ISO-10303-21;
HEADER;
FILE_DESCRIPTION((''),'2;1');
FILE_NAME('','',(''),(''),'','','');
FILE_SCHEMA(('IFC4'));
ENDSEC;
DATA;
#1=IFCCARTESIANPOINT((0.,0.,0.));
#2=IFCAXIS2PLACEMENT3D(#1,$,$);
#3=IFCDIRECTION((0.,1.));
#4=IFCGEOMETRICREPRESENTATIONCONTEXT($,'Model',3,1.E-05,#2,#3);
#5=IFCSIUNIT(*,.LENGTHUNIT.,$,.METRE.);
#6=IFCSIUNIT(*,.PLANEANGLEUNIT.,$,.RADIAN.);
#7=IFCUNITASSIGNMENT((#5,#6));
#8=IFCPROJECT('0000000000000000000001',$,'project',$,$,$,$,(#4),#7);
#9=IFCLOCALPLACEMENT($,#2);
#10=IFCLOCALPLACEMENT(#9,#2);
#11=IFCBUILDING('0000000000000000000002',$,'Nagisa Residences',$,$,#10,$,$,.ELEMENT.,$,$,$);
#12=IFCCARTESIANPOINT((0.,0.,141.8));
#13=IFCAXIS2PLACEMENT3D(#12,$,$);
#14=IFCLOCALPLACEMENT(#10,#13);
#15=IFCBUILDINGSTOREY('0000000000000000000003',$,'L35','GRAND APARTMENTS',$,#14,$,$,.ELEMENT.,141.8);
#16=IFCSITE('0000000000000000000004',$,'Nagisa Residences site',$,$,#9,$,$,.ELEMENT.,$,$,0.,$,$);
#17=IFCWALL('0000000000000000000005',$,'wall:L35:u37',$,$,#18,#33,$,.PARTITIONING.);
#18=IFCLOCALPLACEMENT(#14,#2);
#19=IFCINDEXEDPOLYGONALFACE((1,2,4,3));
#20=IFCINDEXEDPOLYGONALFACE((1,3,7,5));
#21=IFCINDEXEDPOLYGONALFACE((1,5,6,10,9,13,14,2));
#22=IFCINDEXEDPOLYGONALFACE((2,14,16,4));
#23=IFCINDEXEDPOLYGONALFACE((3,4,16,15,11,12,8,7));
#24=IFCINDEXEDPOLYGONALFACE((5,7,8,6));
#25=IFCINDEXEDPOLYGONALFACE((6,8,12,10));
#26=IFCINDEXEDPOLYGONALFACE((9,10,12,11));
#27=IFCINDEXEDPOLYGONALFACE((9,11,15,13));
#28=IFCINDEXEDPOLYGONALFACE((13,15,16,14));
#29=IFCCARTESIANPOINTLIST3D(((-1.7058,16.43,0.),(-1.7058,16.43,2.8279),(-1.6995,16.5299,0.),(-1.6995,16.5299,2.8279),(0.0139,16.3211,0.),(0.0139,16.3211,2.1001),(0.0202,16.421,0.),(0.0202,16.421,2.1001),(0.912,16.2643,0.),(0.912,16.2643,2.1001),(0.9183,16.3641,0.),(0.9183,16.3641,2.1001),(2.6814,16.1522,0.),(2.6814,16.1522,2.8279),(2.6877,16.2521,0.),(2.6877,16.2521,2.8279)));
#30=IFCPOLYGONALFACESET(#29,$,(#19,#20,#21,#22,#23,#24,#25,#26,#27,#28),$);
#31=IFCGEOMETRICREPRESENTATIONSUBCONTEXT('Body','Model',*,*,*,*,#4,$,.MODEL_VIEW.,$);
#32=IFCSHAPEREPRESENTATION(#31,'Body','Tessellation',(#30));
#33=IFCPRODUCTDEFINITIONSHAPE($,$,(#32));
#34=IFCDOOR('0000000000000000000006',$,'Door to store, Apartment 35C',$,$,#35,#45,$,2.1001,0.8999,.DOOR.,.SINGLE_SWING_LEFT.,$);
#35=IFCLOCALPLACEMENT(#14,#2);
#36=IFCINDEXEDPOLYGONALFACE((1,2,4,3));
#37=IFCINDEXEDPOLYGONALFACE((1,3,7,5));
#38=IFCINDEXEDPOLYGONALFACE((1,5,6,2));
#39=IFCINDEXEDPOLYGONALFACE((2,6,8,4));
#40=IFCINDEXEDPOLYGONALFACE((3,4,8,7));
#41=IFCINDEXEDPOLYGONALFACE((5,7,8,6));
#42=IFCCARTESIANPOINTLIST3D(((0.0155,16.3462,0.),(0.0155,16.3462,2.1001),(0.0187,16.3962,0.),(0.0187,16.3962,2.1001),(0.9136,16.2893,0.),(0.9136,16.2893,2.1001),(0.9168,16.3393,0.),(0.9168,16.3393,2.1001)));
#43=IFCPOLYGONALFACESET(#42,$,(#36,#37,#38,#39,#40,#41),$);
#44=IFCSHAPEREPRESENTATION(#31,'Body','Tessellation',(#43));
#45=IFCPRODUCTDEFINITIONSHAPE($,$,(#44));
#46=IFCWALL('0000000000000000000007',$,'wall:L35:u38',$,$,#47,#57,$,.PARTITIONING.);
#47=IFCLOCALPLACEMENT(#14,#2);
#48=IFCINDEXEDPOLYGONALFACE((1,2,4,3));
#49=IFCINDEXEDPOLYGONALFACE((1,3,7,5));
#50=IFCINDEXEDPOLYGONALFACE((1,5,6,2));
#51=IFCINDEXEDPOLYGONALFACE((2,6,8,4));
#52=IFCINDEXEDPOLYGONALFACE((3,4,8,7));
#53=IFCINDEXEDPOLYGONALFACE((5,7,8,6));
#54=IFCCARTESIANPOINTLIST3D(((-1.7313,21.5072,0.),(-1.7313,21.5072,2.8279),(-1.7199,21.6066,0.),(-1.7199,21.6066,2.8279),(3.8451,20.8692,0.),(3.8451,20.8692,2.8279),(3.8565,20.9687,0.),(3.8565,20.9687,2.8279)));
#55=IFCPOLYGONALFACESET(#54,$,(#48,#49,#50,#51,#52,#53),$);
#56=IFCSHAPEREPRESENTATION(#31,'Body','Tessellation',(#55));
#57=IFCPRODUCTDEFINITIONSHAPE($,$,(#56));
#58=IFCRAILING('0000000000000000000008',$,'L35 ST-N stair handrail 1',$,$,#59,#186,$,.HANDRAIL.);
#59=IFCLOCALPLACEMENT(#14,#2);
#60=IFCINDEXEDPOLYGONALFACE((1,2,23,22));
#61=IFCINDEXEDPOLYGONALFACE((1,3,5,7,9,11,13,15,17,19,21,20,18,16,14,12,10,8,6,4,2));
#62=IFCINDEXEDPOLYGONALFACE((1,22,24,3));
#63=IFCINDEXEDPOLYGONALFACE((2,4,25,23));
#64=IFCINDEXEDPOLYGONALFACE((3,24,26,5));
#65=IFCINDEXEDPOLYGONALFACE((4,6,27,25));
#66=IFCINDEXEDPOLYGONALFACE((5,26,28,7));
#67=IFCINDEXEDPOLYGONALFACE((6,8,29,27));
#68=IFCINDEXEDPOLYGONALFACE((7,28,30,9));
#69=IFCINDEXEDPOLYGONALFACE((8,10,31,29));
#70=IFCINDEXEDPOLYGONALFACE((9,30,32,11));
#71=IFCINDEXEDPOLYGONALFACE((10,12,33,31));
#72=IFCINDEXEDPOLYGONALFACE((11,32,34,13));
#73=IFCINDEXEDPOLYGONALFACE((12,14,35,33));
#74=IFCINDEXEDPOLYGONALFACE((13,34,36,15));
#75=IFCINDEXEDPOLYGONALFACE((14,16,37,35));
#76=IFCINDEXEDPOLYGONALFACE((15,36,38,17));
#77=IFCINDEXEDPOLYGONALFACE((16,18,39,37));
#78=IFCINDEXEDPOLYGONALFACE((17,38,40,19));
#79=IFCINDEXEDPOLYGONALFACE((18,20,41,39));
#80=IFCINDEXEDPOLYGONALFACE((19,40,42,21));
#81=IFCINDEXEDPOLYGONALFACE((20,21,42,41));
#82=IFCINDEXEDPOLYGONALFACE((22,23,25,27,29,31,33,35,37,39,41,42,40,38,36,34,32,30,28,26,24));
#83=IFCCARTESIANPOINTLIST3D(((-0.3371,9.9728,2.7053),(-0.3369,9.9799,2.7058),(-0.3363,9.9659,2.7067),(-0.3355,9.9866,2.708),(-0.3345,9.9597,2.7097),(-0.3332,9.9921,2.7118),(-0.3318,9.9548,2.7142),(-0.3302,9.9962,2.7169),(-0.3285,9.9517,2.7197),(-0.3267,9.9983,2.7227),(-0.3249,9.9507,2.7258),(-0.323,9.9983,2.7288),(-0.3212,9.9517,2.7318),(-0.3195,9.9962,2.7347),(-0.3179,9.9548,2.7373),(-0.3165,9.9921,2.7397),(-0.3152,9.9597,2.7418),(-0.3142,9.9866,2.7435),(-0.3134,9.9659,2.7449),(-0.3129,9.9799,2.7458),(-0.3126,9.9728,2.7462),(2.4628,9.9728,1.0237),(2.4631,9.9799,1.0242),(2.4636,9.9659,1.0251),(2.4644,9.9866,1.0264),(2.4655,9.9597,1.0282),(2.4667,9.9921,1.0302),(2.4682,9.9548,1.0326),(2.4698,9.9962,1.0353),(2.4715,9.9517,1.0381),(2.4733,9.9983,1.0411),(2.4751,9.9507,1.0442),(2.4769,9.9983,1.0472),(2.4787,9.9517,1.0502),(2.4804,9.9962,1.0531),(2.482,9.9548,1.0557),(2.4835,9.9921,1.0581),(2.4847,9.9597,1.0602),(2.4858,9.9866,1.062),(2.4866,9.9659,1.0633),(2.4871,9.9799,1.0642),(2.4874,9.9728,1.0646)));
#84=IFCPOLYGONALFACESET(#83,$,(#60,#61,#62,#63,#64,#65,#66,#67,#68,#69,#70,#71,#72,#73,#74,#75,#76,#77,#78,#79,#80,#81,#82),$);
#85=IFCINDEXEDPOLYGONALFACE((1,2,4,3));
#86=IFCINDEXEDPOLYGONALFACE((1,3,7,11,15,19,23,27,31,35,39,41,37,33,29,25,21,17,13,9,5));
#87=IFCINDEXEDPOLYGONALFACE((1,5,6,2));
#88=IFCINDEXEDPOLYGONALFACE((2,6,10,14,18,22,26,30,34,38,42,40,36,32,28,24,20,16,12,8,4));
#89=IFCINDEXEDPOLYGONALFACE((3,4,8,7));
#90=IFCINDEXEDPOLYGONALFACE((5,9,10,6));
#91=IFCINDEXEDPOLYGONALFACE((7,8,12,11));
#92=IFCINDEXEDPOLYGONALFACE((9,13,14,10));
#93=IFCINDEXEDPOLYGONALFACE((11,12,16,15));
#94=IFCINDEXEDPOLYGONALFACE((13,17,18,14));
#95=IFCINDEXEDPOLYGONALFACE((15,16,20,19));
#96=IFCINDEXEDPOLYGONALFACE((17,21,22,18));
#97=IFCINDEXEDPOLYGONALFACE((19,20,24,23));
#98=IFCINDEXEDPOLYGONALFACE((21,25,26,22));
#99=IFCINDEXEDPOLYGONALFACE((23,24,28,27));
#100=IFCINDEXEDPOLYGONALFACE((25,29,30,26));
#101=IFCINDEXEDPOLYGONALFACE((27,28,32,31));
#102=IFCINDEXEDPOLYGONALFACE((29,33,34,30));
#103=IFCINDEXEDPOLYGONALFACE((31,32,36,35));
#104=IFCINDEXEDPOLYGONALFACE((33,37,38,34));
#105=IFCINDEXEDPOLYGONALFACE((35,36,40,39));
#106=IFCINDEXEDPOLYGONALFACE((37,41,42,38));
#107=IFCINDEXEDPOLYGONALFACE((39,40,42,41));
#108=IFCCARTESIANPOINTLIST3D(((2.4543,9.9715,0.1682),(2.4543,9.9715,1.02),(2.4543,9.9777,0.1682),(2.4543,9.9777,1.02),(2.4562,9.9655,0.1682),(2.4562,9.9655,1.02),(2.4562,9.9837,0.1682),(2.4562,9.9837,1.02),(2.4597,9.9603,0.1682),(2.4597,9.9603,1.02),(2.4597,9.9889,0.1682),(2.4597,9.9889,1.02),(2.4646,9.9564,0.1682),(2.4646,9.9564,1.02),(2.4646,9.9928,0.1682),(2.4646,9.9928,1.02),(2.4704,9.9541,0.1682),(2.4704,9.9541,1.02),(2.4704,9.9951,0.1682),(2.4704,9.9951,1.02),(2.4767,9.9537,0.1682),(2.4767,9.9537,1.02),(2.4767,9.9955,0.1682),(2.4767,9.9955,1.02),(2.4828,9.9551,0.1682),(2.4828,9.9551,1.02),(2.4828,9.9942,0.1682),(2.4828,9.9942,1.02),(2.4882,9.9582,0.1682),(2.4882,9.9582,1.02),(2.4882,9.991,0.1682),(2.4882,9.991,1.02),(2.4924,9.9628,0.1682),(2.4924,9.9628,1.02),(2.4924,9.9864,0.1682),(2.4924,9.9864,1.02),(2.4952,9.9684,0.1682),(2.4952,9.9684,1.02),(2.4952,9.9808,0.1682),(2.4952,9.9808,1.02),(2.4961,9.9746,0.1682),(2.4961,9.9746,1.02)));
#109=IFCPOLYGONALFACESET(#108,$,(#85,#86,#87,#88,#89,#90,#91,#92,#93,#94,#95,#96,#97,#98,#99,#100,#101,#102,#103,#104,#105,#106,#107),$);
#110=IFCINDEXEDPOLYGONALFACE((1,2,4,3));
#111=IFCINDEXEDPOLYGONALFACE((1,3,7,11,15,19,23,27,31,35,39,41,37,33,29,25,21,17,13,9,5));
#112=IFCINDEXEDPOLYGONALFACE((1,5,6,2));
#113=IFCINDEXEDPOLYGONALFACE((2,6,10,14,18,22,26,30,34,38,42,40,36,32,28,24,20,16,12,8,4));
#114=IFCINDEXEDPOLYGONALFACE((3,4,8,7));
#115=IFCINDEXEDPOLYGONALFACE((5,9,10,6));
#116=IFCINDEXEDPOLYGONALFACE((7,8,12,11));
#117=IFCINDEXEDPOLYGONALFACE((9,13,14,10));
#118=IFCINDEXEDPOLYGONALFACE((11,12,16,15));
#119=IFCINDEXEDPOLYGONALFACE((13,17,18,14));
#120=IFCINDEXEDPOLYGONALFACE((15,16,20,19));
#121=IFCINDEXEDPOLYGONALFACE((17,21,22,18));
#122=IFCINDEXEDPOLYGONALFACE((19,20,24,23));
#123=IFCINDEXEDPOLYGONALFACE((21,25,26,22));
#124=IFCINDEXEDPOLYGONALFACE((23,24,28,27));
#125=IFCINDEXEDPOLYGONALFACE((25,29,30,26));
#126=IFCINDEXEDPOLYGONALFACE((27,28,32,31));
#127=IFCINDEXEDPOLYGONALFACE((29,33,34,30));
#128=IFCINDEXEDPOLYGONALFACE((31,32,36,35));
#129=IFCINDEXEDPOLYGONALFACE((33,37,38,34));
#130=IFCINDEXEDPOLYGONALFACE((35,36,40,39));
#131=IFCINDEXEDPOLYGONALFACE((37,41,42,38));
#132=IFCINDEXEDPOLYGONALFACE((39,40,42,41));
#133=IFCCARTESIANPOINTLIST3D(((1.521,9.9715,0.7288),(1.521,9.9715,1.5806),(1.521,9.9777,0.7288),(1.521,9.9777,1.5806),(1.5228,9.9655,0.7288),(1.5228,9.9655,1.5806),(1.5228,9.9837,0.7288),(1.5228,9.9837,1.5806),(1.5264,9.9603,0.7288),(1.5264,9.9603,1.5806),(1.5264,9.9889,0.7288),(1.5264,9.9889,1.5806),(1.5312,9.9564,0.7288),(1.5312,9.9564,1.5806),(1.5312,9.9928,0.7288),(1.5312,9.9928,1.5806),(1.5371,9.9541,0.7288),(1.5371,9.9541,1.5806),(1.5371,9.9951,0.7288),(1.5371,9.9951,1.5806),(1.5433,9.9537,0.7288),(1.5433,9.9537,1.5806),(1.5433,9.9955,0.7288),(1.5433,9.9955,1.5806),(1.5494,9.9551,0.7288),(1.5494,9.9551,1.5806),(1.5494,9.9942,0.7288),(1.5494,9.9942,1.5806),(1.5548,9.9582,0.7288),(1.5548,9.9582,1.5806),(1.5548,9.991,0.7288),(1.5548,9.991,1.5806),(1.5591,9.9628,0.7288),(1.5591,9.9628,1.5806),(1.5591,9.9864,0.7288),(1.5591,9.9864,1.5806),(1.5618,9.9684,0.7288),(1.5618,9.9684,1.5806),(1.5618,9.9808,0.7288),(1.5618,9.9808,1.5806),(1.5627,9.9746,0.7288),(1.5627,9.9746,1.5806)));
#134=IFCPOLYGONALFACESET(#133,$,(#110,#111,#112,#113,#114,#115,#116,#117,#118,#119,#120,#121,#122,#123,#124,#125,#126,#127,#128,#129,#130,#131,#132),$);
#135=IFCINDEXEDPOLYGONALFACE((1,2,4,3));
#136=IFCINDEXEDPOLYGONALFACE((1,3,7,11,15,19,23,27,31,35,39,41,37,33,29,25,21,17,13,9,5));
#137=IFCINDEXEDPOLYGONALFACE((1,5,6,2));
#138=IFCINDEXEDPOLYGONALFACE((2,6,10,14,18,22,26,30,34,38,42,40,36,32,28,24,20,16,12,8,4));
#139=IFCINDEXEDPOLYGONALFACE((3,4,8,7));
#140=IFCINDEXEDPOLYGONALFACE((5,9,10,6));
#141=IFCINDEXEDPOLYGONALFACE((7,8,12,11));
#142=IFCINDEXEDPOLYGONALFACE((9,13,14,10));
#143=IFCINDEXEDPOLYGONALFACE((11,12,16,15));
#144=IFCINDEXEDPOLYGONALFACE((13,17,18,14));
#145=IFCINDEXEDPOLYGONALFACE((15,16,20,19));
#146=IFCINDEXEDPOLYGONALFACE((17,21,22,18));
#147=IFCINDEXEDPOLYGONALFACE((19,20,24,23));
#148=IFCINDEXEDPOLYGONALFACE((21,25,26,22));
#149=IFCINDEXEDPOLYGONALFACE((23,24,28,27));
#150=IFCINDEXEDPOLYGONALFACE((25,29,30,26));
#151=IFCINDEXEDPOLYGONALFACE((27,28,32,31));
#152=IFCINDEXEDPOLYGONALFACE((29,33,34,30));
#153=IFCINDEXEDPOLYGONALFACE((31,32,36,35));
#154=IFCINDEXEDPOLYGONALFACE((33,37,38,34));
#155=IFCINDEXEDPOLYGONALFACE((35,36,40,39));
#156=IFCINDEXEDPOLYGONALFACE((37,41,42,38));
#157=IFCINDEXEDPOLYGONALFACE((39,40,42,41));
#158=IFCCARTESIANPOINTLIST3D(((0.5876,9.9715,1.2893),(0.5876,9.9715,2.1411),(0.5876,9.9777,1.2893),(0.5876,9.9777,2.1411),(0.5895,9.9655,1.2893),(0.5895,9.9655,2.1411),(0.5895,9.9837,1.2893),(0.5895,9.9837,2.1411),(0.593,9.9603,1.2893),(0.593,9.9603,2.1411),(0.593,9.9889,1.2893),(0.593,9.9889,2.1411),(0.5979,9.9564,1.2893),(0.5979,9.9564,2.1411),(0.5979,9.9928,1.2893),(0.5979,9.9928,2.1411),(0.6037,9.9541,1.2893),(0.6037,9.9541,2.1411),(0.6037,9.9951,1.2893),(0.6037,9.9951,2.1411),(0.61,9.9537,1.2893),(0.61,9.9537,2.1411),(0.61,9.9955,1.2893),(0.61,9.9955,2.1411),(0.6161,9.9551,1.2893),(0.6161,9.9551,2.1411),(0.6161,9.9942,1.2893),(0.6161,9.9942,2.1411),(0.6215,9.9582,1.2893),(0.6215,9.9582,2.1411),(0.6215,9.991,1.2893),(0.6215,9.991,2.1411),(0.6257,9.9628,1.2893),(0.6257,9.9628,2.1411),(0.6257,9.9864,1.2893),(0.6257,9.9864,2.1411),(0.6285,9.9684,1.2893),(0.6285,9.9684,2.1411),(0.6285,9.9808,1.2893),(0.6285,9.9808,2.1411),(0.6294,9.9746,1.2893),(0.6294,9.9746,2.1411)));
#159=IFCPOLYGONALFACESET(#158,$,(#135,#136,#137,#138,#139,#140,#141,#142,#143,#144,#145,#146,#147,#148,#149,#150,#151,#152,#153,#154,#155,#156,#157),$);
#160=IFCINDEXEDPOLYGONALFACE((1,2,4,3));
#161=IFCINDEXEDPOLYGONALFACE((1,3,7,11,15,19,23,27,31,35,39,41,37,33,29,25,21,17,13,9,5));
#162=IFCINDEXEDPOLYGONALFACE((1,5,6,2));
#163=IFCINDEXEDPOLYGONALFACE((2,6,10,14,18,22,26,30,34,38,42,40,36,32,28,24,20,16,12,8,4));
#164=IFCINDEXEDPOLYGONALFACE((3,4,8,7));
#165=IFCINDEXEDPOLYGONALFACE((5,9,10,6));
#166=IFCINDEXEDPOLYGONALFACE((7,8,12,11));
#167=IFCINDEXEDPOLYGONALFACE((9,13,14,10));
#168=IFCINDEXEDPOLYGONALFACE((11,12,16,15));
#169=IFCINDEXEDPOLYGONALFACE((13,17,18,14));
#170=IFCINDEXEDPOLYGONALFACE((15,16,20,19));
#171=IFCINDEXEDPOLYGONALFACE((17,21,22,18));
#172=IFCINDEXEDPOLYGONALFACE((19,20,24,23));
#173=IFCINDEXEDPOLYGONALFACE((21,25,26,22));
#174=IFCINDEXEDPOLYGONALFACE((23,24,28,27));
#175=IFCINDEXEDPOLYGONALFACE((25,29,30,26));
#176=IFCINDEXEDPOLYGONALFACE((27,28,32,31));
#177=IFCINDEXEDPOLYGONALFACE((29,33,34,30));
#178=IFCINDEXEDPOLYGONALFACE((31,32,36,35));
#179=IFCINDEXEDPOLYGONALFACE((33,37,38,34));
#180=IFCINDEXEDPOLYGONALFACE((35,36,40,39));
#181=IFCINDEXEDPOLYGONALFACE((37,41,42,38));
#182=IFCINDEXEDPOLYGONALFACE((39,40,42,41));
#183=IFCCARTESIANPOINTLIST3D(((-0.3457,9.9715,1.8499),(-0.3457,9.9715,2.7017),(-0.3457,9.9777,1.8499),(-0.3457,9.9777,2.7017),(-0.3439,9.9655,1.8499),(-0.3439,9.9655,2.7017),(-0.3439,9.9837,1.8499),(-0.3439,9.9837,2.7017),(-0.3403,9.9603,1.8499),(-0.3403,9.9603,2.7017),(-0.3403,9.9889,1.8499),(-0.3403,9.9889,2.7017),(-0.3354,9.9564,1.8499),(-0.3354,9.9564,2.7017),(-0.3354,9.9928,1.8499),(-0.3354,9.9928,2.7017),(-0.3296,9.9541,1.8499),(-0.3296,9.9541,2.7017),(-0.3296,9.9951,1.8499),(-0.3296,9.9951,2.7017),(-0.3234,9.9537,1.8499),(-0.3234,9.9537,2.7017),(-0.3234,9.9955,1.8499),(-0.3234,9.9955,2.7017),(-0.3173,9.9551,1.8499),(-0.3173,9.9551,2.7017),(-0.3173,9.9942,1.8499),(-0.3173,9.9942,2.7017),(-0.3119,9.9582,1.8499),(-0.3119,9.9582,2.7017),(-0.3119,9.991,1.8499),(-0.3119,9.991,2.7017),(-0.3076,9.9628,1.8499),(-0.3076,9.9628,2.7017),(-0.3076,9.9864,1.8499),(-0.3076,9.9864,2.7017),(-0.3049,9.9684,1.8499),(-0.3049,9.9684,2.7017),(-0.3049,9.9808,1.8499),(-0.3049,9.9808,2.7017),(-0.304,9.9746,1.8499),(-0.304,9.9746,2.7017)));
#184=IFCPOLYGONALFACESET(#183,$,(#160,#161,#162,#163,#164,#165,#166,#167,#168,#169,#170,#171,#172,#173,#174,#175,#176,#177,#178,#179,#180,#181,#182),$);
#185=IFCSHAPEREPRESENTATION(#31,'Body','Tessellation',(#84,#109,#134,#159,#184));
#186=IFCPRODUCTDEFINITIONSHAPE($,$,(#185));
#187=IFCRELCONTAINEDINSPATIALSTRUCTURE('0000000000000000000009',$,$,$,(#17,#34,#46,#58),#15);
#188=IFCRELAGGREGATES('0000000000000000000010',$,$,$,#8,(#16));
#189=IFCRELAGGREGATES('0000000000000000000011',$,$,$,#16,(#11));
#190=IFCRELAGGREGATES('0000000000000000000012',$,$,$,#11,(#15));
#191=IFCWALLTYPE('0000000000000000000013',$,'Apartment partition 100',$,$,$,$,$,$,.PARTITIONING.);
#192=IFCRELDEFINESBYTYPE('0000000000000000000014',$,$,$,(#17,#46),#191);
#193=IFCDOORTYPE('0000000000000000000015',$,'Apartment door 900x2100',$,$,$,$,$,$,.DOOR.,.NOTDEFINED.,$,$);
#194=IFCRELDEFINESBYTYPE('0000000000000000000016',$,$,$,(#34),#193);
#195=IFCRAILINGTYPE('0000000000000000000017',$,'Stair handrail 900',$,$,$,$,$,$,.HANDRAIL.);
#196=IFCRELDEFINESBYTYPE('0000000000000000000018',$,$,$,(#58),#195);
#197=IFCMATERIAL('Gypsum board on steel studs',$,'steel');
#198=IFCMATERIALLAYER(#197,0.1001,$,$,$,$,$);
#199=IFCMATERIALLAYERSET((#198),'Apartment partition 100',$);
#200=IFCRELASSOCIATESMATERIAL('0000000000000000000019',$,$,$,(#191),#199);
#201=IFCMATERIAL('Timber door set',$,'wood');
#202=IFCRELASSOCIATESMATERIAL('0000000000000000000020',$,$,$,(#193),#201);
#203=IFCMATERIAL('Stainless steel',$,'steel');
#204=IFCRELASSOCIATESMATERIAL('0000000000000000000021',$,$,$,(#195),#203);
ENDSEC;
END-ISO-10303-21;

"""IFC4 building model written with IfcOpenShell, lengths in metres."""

from ifc_helpers import new_model, si_unit, direction, frame, frame_2d, origin, origin_2d, place, context, subcontext, project, spatial, rectangle, circle, extrude, material, layer, layer_set, type_object, element, fill, save


model = new_model("IFC4")

# Units and contexts
model_context = context("Model", 3, precision=1e-05, world=origin(), true_north=direction((0.0, 1.0)))
body_context = subcontext(model_context, "Body", "Model", "MODEL_VIEW")
ifc_project = project(units=[si_unit("LENGTHUNIT", "METRE"), si_unit("PLANEANGLEUNIT", "RADIAN")], contexts=[model_context])

# Site, building, storey
site_placement = place(None, origin())
site = spatial("IfcSite", under=ifc_project, at=site_placement, Name="Nagisa Residences site", CompositionType="ELEMENT", RefElevation=0.0)
building_placement = place(site_placement, origin())
building = spatial("IfcBuilding", under=site, at=building_placement, Name="Nagisa Residences", CompositionType="ELEMENT")
storey_placement = place(building_placement, frame((0.0, 0.0, 141.8)))
storey = spatial("IfcBuildingStorey", under=building, at=storey_placement, Name="L35", Description="GRAND APARTMENTS", CompositionType="ELEMENT", Elevation=141.8)

# Shared definitions
ifc_material_1 = material(Name="Gypsum board on steel studs", Category="steel")
ifc_layer_1 = layer(ifc_material_1, 0.1001)
ifc_layer_set_1 = layer_set([ifc_layer_1], Name="Apartment partition 100")
wall_type_1 = type_object("IfcWallType", Name="Apartment partition 100", PredefinedType="PARTITIONING", material=ifc_layer_set_1)
ifc_material_2 = material(Name="Timber door set", Category="wood")
door_type_1 = type_object("IfcDoorType", Name="Apartment door 900x2100", OperationType="NOTDEFINED", PredefinedType="DOOR", material=ifc_material_2)

# Wall, opening, door
wall_1_placement = place(storey_placement, frame((2.6846, 16.2021, 0.0), z_axis=(0.0, 0.0, 1.0), x_axis=(-0.998001, 0.063201, 0.0)))
wall_1 = element("IfcWall", 1, at=wall_1_placement, inside=storey, type_object=wall_type_1, Name="wall:L35:u37", PredefinedType="PARTITIONING", context=body_context, shape_type="SweptSolid", body=[
    extrude(rectangle(XDim=4.396, YDim=0.1001, at=frame_2d((2.198, 0.0))), origin(), (0.0, 0.0, 1.0), 2.8279),
])
opening_1_placement = place(wall_1_placement, frame((1.7729, 0.0, 0.0)))
opening_1 = element("IfcOpeningElement", 2, at=opening_1_placement, cuts=wall_1, PredefinedType="OPENING", context=body_context, shape_type="SweptSolid", body=[
    extrude(rectangle(XDim=0.8999, YDim=2.1001, at=frame_2d((0.45, 1.05))), frame((0.0, 0.0601, 0.0), z_axis=(0.0, -1.0, 0.0), x_axis=(1.0, 0.0, 0.0)), (0.0, 0.0, 1.0), 0.1201),
])
door_1_placement = place(opening_1_placement, origin())
door_1 = element("IfcDoor", 3, at=door_1_placement, inside=storey, type_object=door_type_1, Name="Door to store, Apartment 35C", OperationType="SINGLE_SWING_LEFT", OverallHeight=2.1001, OverallWidth=0.8999, PredefinedType="DOOR", context=body_context, shape_type="SweptSolid", body=[
    extrude(rectangle(XDim=0.8999, YDim=2.1001, at=frame_2d((0.45, 1.05))), frame((0.0, 0.0249, 0.0), z_axis=(0.0, -1.0, 0.0), x_axis=(1.0, 0.0, 0.0)), (0.0, 0.0, 1.0), 0.05),
])
fill(opening_1, door_1)

# Wall
wall_2_placement = place(storey_placement, frame((3.8508, 20.9189, 0.0), z_axis=(0.0, 0.0, 1.0), x_axis=(-0.99352, 0.113658, 0.0)))
element("IfcWall", 4, at=wall_2_placement, inside=storey, type_object=wall_type_1, Name="wall:L35:u38", PredefinedType="PARTITIONING", context=body_context, shape_type="SweptSolid", body=[
    extrude(rectangle(XDim=5.6128, YDim=0.1001, at=frame_2d((2.8064, 0.0))), origin(), (0.0, 0.0, 1.0), 2.8279),
])

# Railing
ifc_material_3 = material(Name="Stainless steel", Category="steel")
railing_type_1 = type_object("IfcRailingType", Name="Stair handrail 900", PredefinedType="HANDRAIL", material=ifc_material_3)
railing_1_placement = place(storey_placement, frame((2.4751, 9.9746, 0.1682)))
element("IfcRailing", 5, at=railing_1_placement, inside=storey, type_object=railing_type_1, Name="L35 ST-N stair handrail 1", PredefinedType="HANDRAIL", context=body_context, shape_type="SweptSolid", body=[
    extrude(circle(Radius=0.0239, at=origin_2d()), frame((0.0, 0.0, 0.876), z_axis=(-0.857275, 0.0, 0.514858), x_axis=(0.0, -1.0, 0.0)), (0.0, 0.0, 1.0), 3.2661),
    extrude(circle(Radius=0.021, at=origin_2d()), origin(), (0.0, 0.0, 1.0), 0.8518),
    extrude(circle(Radius=0.021, at=origin_2d()), frame((-0.9333, 0.0, 0.5605)), (0.0, 0.0, 1.0), 0.8518),
    extrude(circle(Radius=0.021, at=origin_2d()), frame((-1.8667, 0.0, 1.1211)), (0.0, 0.0, 1.0), 0.8518),
    extrude(circle(Radius=0.021, at=origin_2d()), frame((-2.8, 0.0, 1.6816)), (0.0, 0.0, 1.0), 0.8518),
])

save(model, "model.ifc")
